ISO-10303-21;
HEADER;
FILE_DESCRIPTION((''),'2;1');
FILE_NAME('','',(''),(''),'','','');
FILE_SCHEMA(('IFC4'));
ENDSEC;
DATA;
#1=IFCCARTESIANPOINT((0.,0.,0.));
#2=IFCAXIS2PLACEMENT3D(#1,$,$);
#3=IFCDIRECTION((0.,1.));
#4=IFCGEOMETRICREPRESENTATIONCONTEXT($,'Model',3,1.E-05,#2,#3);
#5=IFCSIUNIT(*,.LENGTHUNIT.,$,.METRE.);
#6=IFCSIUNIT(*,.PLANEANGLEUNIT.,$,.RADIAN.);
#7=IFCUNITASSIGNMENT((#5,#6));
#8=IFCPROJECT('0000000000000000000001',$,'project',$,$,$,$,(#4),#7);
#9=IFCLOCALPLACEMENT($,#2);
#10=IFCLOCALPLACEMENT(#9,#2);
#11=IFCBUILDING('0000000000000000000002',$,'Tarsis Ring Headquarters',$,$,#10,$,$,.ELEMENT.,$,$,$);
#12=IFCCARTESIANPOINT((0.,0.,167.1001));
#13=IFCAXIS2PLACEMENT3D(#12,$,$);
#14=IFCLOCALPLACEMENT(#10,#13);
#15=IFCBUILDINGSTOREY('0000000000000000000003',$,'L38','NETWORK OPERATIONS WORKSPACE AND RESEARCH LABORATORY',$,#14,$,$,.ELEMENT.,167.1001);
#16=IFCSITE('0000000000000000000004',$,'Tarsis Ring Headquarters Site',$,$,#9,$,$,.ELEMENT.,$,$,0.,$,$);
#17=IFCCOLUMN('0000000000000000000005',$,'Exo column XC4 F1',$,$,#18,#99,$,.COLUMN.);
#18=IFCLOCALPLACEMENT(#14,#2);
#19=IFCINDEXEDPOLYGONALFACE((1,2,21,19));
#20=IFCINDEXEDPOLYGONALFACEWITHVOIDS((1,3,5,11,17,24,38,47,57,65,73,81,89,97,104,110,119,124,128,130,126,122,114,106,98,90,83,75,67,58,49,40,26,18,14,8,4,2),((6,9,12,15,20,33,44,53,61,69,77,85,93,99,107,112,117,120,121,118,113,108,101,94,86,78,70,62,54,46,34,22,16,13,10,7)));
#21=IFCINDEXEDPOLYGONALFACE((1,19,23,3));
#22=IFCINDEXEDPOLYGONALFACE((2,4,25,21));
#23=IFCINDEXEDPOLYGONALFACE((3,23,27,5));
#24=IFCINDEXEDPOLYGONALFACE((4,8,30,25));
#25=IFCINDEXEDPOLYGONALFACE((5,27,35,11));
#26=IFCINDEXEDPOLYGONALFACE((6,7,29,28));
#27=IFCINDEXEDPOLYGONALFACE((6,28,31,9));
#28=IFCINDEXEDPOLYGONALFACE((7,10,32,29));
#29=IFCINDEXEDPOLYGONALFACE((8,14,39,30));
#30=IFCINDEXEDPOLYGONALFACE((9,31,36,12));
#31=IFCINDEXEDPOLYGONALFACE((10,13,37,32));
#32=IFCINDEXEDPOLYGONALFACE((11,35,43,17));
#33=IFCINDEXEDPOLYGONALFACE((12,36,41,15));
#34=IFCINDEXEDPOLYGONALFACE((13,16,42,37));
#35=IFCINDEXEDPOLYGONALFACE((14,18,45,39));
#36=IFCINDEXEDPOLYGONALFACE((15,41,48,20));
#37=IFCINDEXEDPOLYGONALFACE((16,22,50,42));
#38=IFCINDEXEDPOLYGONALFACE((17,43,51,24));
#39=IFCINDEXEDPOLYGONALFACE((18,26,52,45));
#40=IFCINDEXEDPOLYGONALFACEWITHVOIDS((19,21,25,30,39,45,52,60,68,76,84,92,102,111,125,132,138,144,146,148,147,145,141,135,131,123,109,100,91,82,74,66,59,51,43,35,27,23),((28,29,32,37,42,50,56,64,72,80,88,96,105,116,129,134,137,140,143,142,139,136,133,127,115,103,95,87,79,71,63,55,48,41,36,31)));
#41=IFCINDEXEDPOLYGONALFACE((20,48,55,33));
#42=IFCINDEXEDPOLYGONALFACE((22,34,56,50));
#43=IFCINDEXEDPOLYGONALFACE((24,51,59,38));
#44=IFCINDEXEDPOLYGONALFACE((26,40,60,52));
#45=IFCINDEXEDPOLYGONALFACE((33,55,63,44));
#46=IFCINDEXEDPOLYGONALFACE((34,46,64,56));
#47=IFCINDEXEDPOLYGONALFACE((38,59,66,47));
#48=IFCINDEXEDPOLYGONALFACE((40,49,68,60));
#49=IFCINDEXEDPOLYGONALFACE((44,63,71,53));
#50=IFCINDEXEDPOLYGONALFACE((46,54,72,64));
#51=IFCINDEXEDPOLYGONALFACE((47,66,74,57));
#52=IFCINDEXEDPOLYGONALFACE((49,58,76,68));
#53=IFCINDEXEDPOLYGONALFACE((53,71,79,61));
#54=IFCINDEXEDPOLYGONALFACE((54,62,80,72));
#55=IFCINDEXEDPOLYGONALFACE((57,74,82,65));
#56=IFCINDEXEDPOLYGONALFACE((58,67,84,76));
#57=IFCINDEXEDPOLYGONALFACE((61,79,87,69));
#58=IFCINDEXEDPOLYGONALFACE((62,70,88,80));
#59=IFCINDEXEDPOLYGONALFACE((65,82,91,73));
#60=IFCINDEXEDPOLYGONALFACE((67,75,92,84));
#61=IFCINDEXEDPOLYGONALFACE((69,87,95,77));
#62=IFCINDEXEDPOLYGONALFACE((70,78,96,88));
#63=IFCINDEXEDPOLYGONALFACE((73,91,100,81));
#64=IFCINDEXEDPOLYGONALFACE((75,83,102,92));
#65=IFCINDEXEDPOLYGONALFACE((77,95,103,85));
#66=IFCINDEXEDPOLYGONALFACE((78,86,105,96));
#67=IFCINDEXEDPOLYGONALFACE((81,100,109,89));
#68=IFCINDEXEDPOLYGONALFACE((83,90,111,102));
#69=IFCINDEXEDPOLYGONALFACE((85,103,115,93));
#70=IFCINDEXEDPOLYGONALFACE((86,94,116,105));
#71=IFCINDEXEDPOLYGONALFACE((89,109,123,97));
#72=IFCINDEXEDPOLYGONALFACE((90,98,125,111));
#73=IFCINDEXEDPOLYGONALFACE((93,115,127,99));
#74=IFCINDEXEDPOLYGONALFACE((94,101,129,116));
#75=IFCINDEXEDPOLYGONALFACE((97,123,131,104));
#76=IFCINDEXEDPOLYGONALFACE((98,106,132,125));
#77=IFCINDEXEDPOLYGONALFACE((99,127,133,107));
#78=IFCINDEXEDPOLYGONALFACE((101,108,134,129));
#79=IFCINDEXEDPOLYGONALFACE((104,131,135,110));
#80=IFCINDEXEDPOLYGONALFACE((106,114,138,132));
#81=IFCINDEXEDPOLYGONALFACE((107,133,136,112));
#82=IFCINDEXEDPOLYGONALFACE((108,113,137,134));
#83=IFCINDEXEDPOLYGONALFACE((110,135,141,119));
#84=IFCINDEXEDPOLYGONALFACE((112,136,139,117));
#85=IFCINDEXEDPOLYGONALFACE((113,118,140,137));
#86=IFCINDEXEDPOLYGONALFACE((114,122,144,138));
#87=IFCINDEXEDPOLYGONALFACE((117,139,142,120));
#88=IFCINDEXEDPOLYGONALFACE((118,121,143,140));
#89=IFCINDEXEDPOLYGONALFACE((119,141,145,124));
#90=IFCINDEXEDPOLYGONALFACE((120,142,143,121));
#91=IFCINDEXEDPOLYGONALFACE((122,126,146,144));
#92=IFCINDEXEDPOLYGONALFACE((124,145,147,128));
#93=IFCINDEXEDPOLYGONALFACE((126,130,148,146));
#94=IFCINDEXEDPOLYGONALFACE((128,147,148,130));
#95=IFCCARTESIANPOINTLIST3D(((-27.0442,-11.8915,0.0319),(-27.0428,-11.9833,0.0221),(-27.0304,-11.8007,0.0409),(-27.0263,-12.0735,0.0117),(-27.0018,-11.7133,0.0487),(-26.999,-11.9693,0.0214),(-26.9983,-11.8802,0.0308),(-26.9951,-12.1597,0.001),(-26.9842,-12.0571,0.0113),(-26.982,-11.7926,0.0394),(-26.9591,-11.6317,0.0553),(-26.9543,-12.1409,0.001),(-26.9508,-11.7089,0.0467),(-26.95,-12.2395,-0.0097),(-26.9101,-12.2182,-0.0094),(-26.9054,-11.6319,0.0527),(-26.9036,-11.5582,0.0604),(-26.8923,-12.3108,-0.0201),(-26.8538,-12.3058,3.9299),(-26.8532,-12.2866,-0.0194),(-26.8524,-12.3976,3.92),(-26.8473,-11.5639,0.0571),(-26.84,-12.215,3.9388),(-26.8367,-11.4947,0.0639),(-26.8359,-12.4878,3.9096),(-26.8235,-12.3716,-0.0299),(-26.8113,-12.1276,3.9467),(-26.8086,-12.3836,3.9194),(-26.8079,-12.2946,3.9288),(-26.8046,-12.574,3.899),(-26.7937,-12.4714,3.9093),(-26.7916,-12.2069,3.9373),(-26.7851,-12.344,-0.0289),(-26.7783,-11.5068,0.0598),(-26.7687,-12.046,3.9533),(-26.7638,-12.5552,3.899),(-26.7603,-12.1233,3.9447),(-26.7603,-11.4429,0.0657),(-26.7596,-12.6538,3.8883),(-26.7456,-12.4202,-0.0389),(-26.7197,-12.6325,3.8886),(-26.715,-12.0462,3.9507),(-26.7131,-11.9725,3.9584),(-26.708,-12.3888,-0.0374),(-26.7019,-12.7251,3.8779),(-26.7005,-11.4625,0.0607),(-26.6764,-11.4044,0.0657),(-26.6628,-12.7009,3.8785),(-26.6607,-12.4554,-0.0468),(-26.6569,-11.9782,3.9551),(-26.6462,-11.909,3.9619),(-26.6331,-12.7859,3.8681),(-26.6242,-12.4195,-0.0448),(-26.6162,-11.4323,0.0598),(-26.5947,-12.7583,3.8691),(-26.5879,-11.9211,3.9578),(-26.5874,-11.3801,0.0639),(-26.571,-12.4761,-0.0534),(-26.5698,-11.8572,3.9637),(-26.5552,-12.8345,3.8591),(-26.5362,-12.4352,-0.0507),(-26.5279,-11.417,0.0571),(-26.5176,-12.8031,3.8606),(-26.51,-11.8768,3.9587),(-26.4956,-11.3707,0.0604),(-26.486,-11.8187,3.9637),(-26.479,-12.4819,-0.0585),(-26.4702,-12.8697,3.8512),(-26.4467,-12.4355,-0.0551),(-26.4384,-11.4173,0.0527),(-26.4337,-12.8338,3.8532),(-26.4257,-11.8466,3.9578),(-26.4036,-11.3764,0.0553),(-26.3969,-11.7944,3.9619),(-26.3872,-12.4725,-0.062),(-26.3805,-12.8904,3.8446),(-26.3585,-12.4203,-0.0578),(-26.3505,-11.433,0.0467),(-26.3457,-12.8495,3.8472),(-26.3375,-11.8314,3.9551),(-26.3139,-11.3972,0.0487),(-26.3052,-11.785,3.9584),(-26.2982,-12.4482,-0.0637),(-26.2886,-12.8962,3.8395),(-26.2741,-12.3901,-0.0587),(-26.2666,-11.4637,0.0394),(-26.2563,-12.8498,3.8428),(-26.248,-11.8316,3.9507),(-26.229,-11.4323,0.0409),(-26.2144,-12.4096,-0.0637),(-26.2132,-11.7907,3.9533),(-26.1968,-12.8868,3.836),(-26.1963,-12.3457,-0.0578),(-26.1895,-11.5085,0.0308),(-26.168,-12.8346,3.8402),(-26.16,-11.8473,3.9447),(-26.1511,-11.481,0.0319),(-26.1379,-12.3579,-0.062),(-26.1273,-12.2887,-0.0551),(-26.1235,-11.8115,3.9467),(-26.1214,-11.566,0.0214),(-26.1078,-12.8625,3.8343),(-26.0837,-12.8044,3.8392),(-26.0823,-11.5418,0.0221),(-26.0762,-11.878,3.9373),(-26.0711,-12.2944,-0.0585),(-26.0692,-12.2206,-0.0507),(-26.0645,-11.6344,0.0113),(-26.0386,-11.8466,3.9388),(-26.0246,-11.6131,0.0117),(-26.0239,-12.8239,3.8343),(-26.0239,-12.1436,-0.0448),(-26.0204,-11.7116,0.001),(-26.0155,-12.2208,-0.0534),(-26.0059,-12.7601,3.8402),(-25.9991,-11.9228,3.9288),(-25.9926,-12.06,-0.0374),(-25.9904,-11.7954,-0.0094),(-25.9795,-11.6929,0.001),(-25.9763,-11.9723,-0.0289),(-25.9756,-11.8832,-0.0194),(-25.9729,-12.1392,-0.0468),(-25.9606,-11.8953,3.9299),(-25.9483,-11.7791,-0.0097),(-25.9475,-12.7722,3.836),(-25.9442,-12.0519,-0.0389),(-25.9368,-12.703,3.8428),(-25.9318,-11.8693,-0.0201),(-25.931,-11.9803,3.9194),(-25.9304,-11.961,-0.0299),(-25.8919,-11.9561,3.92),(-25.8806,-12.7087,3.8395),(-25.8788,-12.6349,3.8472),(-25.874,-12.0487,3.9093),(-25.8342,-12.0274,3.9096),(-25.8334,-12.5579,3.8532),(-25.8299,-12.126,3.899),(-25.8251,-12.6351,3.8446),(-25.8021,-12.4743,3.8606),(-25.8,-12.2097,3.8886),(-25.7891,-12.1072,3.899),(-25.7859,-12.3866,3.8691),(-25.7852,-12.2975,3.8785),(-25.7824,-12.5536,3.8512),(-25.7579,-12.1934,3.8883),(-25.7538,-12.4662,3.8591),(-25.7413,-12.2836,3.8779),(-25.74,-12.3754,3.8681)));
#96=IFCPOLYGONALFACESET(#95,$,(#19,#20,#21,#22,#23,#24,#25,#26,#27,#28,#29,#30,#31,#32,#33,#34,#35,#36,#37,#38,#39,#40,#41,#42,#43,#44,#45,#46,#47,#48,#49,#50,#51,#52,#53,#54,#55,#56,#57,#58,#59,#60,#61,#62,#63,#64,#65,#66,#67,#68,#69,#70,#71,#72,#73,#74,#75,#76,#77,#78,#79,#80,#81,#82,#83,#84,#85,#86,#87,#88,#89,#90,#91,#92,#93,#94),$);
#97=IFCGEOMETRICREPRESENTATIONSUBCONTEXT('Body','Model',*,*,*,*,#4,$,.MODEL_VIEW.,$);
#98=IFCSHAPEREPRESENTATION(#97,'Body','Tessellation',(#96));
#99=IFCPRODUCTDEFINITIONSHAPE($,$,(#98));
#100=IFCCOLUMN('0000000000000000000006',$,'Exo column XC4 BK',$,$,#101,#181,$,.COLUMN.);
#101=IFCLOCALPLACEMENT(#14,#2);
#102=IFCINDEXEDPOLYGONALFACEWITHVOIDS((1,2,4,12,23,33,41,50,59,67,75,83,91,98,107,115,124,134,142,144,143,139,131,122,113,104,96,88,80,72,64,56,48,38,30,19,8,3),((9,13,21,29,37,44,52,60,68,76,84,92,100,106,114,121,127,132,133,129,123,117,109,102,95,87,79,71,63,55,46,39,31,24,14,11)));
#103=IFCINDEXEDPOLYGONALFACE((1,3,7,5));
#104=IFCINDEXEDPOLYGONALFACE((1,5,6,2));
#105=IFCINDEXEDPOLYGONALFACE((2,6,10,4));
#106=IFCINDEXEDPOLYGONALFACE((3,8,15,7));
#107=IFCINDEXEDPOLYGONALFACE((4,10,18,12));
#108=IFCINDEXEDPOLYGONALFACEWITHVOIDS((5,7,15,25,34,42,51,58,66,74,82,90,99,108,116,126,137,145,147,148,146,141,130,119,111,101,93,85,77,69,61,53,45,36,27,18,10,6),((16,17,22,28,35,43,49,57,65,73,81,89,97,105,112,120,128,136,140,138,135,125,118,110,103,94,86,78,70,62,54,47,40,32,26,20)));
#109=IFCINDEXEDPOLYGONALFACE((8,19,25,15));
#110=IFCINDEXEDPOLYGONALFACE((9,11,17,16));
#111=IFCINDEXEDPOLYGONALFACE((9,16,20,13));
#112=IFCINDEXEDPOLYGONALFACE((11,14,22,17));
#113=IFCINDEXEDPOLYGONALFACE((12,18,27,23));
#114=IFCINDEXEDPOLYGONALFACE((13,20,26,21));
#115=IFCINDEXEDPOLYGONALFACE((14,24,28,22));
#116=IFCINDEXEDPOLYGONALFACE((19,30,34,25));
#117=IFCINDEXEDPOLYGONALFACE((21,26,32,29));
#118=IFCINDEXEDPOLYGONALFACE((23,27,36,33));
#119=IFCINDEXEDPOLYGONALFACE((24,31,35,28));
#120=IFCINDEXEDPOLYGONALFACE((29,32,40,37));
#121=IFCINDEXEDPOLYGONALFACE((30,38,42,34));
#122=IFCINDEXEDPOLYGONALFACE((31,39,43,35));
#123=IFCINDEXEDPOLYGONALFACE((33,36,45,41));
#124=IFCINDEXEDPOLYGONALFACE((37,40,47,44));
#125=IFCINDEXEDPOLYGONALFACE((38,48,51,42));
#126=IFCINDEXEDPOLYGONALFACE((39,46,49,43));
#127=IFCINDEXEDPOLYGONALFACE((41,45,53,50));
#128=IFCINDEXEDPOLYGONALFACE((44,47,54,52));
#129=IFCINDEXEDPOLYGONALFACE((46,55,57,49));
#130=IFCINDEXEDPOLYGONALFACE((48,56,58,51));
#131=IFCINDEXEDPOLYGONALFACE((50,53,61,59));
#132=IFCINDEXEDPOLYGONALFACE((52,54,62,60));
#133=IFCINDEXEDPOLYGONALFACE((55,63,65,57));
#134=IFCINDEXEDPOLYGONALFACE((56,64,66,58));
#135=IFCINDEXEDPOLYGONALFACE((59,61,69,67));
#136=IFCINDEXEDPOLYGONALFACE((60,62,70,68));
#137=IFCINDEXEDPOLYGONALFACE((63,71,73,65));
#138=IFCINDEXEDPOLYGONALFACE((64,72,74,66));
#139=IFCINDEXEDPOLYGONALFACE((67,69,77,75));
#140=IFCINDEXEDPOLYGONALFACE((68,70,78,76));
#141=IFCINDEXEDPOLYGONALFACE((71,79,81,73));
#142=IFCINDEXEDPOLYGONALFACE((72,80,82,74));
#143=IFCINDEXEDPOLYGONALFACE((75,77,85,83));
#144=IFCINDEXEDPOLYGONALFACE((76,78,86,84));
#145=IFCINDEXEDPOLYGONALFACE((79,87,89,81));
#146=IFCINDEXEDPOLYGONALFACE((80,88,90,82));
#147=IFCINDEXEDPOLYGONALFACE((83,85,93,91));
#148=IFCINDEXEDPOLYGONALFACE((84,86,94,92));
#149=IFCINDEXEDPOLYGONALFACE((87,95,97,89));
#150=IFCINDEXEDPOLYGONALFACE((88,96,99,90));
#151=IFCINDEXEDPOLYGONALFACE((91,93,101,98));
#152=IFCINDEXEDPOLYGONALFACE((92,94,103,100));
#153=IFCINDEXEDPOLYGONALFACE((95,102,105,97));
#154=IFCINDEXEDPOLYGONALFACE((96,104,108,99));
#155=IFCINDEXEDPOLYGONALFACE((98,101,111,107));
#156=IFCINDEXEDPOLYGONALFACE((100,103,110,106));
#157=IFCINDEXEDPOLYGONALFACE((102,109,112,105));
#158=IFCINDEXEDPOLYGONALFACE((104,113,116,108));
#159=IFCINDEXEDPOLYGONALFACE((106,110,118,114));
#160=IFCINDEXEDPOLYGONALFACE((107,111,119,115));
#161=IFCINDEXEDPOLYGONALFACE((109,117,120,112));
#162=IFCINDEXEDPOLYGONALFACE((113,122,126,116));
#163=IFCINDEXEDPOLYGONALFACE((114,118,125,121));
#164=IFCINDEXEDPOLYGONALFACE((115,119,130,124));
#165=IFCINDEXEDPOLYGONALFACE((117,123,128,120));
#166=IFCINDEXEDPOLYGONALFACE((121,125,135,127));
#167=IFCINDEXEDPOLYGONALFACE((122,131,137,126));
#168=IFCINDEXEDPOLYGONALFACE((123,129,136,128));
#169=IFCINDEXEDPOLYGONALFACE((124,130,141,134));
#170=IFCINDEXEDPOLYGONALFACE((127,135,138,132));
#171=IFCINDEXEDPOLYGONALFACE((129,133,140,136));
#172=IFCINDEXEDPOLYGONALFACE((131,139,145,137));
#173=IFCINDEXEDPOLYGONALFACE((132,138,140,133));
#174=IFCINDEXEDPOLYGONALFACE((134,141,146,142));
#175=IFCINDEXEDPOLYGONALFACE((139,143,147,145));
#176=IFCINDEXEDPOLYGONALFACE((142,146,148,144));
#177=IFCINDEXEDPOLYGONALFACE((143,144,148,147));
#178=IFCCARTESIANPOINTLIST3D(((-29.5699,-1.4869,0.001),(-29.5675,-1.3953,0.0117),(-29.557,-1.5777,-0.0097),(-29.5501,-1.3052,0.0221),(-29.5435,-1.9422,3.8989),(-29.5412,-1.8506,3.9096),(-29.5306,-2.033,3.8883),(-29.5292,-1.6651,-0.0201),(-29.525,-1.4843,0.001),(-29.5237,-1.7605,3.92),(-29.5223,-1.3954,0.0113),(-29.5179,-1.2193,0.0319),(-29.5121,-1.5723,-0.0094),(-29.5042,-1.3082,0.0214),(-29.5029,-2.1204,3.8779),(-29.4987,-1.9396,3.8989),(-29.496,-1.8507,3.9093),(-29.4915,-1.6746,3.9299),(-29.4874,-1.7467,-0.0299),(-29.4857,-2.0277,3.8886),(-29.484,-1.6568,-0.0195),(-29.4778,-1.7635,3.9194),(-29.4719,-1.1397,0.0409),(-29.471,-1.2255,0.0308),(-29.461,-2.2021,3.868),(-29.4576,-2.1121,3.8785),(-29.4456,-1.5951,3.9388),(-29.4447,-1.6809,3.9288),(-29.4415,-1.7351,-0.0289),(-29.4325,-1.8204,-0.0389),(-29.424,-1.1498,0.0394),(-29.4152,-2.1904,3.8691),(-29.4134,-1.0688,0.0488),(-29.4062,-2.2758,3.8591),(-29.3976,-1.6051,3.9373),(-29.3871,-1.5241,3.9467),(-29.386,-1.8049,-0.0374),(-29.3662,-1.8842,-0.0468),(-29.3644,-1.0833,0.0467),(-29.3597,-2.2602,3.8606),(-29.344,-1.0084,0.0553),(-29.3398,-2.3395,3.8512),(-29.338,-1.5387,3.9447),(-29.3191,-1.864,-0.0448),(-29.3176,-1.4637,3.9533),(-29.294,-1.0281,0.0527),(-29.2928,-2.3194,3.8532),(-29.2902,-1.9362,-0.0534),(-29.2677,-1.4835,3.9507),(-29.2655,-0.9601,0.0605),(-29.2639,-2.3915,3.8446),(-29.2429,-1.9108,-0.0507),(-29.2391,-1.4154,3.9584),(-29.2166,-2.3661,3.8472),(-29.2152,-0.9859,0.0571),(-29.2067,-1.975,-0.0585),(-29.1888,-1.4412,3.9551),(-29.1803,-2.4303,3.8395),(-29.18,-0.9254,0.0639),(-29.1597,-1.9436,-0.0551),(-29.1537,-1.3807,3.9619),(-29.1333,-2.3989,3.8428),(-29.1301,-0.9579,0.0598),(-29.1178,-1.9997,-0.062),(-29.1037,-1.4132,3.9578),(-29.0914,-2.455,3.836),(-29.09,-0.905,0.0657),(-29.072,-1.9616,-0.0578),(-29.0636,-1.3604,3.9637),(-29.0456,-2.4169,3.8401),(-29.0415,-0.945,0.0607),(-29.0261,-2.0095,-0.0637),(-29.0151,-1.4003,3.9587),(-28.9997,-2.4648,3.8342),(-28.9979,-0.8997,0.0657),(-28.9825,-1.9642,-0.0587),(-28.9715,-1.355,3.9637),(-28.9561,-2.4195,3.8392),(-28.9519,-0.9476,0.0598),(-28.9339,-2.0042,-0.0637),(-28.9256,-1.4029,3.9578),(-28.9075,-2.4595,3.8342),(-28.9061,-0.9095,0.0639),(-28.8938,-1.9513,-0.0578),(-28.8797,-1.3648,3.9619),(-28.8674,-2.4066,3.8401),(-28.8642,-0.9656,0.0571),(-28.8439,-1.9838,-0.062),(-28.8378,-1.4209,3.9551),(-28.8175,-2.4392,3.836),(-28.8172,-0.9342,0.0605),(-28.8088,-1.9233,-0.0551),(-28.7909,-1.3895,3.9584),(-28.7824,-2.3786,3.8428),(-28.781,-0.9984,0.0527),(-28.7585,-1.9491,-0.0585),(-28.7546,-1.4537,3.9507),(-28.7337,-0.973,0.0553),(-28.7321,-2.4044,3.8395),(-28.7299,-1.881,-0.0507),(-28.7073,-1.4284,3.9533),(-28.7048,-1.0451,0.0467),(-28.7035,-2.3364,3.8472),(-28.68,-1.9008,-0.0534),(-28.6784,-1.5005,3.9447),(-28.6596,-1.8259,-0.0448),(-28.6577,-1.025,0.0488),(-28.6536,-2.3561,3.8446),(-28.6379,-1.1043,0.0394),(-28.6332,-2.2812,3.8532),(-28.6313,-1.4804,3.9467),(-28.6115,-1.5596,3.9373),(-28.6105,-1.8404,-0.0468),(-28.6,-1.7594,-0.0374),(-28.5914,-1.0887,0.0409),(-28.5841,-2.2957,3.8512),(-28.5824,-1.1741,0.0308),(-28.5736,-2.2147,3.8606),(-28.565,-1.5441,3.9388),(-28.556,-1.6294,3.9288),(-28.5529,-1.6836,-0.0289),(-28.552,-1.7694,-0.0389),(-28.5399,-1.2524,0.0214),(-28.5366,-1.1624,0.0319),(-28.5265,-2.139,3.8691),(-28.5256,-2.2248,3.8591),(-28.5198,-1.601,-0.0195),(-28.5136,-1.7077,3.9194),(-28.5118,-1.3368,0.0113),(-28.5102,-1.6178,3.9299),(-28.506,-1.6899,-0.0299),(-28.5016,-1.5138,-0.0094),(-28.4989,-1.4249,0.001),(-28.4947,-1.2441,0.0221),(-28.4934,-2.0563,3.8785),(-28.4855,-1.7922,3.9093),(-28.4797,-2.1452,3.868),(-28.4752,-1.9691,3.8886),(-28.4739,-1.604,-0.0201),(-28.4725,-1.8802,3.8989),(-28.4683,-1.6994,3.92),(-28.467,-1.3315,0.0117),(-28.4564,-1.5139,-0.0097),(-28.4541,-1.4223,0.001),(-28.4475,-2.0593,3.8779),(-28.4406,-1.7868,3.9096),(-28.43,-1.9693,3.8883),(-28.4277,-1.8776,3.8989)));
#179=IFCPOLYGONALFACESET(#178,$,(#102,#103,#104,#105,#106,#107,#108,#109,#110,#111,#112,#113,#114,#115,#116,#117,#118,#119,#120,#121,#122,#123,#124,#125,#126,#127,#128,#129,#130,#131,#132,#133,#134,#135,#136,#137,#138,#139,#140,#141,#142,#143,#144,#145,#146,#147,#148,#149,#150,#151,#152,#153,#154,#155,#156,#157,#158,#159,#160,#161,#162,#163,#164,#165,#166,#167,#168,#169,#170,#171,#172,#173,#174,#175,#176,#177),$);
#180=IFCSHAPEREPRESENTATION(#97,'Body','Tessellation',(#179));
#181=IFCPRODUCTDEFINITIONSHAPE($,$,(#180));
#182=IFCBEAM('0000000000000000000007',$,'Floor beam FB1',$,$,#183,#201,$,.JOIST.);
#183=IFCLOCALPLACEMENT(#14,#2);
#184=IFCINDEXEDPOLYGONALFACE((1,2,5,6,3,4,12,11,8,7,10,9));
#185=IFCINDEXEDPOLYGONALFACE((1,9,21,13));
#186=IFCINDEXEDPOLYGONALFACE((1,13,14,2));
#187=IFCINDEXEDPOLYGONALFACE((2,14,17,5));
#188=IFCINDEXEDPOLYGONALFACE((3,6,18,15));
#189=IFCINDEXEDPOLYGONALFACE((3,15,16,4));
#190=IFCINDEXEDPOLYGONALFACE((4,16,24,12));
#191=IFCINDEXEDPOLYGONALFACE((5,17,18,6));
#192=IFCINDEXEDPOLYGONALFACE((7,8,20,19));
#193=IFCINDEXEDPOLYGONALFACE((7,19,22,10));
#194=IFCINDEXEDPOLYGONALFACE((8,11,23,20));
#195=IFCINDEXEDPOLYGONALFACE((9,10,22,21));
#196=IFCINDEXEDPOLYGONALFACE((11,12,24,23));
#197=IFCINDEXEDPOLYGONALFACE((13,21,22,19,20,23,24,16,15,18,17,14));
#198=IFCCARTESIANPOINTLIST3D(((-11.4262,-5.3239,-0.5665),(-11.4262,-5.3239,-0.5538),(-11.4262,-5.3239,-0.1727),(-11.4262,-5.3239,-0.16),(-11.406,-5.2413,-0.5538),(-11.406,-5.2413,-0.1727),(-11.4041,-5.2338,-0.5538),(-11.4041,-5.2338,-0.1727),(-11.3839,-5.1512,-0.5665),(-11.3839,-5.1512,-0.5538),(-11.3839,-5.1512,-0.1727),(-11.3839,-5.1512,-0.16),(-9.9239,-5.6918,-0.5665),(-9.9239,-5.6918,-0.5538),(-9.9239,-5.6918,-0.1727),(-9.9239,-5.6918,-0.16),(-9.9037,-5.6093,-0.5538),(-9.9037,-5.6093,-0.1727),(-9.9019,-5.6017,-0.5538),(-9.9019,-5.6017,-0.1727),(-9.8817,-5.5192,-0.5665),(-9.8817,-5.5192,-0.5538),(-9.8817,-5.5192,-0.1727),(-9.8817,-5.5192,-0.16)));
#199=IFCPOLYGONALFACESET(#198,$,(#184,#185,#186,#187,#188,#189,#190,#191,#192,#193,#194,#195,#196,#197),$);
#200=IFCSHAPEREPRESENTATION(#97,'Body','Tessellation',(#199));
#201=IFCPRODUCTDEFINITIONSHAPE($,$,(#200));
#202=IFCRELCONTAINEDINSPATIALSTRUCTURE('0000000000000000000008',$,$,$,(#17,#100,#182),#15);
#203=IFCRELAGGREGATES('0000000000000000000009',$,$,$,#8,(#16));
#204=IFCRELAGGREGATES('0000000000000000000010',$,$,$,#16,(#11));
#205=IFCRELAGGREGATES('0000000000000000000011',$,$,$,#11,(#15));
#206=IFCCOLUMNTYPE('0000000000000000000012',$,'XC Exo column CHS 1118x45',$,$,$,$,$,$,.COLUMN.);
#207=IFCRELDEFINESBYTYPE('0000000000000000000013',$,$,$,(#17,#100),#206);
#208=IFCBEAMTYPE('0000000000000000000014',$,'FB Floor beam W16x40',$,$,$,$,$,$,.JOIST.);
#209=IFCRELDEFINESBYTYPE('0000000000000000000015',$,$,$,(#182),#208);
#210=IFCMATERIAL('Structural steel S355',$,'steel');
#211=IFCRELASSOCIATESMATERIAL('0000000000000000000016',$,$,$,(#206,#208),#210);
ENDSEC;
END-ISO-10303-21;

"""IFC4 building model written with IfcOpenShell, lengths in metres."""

from ifc_helpers import new_model, si_unit, direction, frame, origin, origin_2d, place, context, subcontext, project, spatial, hollow_circle, i_section, extrude, material, material_profile, profile_set, type_object, element, save


model = new_model("IFC4")

# Units and contexts
model_context = context("Model", 3, precision=1e-05, world=origin(), true_north=direction((0.0, 1.0)))
body_context = subcontext(model_context, "Body", "Model", "MODEL_VIEW")
ifc_project = project(units=[si_unit("LENGTHUNIT", "METRE"), si_unit("PLANEANGLEUNIT", "RADIAN")], contexts=[model_context])

# Site, building, storey
site_placement = place(None, origin())
site = spatial("IfcSite", under=ifc_project, at=site_placement, Name="Tarsis Ring Headquarters Site", CompositionType="ELEMENT", RefElevation=0.0)
building_placement = place(site_placement, origin())
building = spatial("IfcBuilding", under=site, at=building_placement, Name="Tarsis Ring Headquarters", CompositionType="ELEMENT")
storey_placement = place(building_placement, frame((0.0, 0.0, 167.1001)))
storey = spatial("IfcBuildingStorey", under=building, at=storey_placement, Name="L38", Description="NETWORK OPERATIONS WORKSPACE AND RESEARCH LABORATORY", CompositionType="ELEMENT", Elevation=167.1001)

# Columns
ifc_material_1 = material(Name="Structural steel S355", Category="steel")
ifc_material_profile_1 = material_profile(ifc_material_1, hollow_circle(Radius=0.5588, WallThickness=0.0449, at=origin_2d()), Name="CHS 1118x45")
ifc_profile_set_1 = profile_set([ifc_material_profile_1], Name="Structural steel S355")
column_type = type_object("IfcColumnType", Name="XC Exo column CHS 1118x45", PredefinedType="COLUMN", material=ifc_profile_set_1)
for number, where, z_axis, x_axis, name in (
    (1, (-26.4873, -11.9263, 0.001), (0.048523, -0.105569, 0.993227), (0.908616, 0.417632, 0.0), "Exo column XC4 F1"),
    (2, (-29.012, -1.4546, 0.001), (0.006719, -0.116019, 0.993224), (0.998327, 0.057812, 0.0), "Exo column XC4 BK"),
):
    element("IfcColumn", number, at=place(storey_placement, frame(where, z_axis=z_axis, x_axis=x_axis)), inside=storey, type_object=column_type, Name=name, PredefinedType="COLUMN", context=body_context, shape_type="SweptSolid", body=[
        extrude(hollow_circle(Radius=0.5588, WallThickness=0.0449, at=origin_2d()), origin(), (0.0, 0.0, 1.0), 3.9246),
    ])

# Beam
ifc_material_profile_2 = material_profile(ifc_material_1, i_section(OverallWidth=0.1777, OverallDepth=0.4065, WebThickness=0.0078, FlangeThickness=0.0127, at=origin_2d()), Name="W16x40")
ifc_profile_set_2 = profile_set([ifc_material_profile_2], Name="Structural steel S355")
beam_type_1 = type_object("IfcBeamType", Name="FB Floor beam W16x40", PredefinedType="JOIST", material=ifc_profile_set_2)
beam_1_placement = place(storey_placement, frame((-11.405, -5.2375, -0.3633), z_axis=(0.971292, -0.23789, 0.0), x_axis=(0.23789, 0.971292, 0.0)))
element("IfcBeam", 3, at=beam_1_placement, inside=storey, type_object=beam_type_1, Name="Floor beam FB1", PredefinedType="JOIST", context=body_context, shape_type="SweptSolid", body=[
    extrude(i_section(OverallWidth=0.1777, OverallDepth=0.4065, WebThickness=0.0078, FlangeThickness=0.0127, at=origin_2d()), origin(), (0.0, 0.0, 1.0), 1.5466),
])

save(model, "model.ifc")
